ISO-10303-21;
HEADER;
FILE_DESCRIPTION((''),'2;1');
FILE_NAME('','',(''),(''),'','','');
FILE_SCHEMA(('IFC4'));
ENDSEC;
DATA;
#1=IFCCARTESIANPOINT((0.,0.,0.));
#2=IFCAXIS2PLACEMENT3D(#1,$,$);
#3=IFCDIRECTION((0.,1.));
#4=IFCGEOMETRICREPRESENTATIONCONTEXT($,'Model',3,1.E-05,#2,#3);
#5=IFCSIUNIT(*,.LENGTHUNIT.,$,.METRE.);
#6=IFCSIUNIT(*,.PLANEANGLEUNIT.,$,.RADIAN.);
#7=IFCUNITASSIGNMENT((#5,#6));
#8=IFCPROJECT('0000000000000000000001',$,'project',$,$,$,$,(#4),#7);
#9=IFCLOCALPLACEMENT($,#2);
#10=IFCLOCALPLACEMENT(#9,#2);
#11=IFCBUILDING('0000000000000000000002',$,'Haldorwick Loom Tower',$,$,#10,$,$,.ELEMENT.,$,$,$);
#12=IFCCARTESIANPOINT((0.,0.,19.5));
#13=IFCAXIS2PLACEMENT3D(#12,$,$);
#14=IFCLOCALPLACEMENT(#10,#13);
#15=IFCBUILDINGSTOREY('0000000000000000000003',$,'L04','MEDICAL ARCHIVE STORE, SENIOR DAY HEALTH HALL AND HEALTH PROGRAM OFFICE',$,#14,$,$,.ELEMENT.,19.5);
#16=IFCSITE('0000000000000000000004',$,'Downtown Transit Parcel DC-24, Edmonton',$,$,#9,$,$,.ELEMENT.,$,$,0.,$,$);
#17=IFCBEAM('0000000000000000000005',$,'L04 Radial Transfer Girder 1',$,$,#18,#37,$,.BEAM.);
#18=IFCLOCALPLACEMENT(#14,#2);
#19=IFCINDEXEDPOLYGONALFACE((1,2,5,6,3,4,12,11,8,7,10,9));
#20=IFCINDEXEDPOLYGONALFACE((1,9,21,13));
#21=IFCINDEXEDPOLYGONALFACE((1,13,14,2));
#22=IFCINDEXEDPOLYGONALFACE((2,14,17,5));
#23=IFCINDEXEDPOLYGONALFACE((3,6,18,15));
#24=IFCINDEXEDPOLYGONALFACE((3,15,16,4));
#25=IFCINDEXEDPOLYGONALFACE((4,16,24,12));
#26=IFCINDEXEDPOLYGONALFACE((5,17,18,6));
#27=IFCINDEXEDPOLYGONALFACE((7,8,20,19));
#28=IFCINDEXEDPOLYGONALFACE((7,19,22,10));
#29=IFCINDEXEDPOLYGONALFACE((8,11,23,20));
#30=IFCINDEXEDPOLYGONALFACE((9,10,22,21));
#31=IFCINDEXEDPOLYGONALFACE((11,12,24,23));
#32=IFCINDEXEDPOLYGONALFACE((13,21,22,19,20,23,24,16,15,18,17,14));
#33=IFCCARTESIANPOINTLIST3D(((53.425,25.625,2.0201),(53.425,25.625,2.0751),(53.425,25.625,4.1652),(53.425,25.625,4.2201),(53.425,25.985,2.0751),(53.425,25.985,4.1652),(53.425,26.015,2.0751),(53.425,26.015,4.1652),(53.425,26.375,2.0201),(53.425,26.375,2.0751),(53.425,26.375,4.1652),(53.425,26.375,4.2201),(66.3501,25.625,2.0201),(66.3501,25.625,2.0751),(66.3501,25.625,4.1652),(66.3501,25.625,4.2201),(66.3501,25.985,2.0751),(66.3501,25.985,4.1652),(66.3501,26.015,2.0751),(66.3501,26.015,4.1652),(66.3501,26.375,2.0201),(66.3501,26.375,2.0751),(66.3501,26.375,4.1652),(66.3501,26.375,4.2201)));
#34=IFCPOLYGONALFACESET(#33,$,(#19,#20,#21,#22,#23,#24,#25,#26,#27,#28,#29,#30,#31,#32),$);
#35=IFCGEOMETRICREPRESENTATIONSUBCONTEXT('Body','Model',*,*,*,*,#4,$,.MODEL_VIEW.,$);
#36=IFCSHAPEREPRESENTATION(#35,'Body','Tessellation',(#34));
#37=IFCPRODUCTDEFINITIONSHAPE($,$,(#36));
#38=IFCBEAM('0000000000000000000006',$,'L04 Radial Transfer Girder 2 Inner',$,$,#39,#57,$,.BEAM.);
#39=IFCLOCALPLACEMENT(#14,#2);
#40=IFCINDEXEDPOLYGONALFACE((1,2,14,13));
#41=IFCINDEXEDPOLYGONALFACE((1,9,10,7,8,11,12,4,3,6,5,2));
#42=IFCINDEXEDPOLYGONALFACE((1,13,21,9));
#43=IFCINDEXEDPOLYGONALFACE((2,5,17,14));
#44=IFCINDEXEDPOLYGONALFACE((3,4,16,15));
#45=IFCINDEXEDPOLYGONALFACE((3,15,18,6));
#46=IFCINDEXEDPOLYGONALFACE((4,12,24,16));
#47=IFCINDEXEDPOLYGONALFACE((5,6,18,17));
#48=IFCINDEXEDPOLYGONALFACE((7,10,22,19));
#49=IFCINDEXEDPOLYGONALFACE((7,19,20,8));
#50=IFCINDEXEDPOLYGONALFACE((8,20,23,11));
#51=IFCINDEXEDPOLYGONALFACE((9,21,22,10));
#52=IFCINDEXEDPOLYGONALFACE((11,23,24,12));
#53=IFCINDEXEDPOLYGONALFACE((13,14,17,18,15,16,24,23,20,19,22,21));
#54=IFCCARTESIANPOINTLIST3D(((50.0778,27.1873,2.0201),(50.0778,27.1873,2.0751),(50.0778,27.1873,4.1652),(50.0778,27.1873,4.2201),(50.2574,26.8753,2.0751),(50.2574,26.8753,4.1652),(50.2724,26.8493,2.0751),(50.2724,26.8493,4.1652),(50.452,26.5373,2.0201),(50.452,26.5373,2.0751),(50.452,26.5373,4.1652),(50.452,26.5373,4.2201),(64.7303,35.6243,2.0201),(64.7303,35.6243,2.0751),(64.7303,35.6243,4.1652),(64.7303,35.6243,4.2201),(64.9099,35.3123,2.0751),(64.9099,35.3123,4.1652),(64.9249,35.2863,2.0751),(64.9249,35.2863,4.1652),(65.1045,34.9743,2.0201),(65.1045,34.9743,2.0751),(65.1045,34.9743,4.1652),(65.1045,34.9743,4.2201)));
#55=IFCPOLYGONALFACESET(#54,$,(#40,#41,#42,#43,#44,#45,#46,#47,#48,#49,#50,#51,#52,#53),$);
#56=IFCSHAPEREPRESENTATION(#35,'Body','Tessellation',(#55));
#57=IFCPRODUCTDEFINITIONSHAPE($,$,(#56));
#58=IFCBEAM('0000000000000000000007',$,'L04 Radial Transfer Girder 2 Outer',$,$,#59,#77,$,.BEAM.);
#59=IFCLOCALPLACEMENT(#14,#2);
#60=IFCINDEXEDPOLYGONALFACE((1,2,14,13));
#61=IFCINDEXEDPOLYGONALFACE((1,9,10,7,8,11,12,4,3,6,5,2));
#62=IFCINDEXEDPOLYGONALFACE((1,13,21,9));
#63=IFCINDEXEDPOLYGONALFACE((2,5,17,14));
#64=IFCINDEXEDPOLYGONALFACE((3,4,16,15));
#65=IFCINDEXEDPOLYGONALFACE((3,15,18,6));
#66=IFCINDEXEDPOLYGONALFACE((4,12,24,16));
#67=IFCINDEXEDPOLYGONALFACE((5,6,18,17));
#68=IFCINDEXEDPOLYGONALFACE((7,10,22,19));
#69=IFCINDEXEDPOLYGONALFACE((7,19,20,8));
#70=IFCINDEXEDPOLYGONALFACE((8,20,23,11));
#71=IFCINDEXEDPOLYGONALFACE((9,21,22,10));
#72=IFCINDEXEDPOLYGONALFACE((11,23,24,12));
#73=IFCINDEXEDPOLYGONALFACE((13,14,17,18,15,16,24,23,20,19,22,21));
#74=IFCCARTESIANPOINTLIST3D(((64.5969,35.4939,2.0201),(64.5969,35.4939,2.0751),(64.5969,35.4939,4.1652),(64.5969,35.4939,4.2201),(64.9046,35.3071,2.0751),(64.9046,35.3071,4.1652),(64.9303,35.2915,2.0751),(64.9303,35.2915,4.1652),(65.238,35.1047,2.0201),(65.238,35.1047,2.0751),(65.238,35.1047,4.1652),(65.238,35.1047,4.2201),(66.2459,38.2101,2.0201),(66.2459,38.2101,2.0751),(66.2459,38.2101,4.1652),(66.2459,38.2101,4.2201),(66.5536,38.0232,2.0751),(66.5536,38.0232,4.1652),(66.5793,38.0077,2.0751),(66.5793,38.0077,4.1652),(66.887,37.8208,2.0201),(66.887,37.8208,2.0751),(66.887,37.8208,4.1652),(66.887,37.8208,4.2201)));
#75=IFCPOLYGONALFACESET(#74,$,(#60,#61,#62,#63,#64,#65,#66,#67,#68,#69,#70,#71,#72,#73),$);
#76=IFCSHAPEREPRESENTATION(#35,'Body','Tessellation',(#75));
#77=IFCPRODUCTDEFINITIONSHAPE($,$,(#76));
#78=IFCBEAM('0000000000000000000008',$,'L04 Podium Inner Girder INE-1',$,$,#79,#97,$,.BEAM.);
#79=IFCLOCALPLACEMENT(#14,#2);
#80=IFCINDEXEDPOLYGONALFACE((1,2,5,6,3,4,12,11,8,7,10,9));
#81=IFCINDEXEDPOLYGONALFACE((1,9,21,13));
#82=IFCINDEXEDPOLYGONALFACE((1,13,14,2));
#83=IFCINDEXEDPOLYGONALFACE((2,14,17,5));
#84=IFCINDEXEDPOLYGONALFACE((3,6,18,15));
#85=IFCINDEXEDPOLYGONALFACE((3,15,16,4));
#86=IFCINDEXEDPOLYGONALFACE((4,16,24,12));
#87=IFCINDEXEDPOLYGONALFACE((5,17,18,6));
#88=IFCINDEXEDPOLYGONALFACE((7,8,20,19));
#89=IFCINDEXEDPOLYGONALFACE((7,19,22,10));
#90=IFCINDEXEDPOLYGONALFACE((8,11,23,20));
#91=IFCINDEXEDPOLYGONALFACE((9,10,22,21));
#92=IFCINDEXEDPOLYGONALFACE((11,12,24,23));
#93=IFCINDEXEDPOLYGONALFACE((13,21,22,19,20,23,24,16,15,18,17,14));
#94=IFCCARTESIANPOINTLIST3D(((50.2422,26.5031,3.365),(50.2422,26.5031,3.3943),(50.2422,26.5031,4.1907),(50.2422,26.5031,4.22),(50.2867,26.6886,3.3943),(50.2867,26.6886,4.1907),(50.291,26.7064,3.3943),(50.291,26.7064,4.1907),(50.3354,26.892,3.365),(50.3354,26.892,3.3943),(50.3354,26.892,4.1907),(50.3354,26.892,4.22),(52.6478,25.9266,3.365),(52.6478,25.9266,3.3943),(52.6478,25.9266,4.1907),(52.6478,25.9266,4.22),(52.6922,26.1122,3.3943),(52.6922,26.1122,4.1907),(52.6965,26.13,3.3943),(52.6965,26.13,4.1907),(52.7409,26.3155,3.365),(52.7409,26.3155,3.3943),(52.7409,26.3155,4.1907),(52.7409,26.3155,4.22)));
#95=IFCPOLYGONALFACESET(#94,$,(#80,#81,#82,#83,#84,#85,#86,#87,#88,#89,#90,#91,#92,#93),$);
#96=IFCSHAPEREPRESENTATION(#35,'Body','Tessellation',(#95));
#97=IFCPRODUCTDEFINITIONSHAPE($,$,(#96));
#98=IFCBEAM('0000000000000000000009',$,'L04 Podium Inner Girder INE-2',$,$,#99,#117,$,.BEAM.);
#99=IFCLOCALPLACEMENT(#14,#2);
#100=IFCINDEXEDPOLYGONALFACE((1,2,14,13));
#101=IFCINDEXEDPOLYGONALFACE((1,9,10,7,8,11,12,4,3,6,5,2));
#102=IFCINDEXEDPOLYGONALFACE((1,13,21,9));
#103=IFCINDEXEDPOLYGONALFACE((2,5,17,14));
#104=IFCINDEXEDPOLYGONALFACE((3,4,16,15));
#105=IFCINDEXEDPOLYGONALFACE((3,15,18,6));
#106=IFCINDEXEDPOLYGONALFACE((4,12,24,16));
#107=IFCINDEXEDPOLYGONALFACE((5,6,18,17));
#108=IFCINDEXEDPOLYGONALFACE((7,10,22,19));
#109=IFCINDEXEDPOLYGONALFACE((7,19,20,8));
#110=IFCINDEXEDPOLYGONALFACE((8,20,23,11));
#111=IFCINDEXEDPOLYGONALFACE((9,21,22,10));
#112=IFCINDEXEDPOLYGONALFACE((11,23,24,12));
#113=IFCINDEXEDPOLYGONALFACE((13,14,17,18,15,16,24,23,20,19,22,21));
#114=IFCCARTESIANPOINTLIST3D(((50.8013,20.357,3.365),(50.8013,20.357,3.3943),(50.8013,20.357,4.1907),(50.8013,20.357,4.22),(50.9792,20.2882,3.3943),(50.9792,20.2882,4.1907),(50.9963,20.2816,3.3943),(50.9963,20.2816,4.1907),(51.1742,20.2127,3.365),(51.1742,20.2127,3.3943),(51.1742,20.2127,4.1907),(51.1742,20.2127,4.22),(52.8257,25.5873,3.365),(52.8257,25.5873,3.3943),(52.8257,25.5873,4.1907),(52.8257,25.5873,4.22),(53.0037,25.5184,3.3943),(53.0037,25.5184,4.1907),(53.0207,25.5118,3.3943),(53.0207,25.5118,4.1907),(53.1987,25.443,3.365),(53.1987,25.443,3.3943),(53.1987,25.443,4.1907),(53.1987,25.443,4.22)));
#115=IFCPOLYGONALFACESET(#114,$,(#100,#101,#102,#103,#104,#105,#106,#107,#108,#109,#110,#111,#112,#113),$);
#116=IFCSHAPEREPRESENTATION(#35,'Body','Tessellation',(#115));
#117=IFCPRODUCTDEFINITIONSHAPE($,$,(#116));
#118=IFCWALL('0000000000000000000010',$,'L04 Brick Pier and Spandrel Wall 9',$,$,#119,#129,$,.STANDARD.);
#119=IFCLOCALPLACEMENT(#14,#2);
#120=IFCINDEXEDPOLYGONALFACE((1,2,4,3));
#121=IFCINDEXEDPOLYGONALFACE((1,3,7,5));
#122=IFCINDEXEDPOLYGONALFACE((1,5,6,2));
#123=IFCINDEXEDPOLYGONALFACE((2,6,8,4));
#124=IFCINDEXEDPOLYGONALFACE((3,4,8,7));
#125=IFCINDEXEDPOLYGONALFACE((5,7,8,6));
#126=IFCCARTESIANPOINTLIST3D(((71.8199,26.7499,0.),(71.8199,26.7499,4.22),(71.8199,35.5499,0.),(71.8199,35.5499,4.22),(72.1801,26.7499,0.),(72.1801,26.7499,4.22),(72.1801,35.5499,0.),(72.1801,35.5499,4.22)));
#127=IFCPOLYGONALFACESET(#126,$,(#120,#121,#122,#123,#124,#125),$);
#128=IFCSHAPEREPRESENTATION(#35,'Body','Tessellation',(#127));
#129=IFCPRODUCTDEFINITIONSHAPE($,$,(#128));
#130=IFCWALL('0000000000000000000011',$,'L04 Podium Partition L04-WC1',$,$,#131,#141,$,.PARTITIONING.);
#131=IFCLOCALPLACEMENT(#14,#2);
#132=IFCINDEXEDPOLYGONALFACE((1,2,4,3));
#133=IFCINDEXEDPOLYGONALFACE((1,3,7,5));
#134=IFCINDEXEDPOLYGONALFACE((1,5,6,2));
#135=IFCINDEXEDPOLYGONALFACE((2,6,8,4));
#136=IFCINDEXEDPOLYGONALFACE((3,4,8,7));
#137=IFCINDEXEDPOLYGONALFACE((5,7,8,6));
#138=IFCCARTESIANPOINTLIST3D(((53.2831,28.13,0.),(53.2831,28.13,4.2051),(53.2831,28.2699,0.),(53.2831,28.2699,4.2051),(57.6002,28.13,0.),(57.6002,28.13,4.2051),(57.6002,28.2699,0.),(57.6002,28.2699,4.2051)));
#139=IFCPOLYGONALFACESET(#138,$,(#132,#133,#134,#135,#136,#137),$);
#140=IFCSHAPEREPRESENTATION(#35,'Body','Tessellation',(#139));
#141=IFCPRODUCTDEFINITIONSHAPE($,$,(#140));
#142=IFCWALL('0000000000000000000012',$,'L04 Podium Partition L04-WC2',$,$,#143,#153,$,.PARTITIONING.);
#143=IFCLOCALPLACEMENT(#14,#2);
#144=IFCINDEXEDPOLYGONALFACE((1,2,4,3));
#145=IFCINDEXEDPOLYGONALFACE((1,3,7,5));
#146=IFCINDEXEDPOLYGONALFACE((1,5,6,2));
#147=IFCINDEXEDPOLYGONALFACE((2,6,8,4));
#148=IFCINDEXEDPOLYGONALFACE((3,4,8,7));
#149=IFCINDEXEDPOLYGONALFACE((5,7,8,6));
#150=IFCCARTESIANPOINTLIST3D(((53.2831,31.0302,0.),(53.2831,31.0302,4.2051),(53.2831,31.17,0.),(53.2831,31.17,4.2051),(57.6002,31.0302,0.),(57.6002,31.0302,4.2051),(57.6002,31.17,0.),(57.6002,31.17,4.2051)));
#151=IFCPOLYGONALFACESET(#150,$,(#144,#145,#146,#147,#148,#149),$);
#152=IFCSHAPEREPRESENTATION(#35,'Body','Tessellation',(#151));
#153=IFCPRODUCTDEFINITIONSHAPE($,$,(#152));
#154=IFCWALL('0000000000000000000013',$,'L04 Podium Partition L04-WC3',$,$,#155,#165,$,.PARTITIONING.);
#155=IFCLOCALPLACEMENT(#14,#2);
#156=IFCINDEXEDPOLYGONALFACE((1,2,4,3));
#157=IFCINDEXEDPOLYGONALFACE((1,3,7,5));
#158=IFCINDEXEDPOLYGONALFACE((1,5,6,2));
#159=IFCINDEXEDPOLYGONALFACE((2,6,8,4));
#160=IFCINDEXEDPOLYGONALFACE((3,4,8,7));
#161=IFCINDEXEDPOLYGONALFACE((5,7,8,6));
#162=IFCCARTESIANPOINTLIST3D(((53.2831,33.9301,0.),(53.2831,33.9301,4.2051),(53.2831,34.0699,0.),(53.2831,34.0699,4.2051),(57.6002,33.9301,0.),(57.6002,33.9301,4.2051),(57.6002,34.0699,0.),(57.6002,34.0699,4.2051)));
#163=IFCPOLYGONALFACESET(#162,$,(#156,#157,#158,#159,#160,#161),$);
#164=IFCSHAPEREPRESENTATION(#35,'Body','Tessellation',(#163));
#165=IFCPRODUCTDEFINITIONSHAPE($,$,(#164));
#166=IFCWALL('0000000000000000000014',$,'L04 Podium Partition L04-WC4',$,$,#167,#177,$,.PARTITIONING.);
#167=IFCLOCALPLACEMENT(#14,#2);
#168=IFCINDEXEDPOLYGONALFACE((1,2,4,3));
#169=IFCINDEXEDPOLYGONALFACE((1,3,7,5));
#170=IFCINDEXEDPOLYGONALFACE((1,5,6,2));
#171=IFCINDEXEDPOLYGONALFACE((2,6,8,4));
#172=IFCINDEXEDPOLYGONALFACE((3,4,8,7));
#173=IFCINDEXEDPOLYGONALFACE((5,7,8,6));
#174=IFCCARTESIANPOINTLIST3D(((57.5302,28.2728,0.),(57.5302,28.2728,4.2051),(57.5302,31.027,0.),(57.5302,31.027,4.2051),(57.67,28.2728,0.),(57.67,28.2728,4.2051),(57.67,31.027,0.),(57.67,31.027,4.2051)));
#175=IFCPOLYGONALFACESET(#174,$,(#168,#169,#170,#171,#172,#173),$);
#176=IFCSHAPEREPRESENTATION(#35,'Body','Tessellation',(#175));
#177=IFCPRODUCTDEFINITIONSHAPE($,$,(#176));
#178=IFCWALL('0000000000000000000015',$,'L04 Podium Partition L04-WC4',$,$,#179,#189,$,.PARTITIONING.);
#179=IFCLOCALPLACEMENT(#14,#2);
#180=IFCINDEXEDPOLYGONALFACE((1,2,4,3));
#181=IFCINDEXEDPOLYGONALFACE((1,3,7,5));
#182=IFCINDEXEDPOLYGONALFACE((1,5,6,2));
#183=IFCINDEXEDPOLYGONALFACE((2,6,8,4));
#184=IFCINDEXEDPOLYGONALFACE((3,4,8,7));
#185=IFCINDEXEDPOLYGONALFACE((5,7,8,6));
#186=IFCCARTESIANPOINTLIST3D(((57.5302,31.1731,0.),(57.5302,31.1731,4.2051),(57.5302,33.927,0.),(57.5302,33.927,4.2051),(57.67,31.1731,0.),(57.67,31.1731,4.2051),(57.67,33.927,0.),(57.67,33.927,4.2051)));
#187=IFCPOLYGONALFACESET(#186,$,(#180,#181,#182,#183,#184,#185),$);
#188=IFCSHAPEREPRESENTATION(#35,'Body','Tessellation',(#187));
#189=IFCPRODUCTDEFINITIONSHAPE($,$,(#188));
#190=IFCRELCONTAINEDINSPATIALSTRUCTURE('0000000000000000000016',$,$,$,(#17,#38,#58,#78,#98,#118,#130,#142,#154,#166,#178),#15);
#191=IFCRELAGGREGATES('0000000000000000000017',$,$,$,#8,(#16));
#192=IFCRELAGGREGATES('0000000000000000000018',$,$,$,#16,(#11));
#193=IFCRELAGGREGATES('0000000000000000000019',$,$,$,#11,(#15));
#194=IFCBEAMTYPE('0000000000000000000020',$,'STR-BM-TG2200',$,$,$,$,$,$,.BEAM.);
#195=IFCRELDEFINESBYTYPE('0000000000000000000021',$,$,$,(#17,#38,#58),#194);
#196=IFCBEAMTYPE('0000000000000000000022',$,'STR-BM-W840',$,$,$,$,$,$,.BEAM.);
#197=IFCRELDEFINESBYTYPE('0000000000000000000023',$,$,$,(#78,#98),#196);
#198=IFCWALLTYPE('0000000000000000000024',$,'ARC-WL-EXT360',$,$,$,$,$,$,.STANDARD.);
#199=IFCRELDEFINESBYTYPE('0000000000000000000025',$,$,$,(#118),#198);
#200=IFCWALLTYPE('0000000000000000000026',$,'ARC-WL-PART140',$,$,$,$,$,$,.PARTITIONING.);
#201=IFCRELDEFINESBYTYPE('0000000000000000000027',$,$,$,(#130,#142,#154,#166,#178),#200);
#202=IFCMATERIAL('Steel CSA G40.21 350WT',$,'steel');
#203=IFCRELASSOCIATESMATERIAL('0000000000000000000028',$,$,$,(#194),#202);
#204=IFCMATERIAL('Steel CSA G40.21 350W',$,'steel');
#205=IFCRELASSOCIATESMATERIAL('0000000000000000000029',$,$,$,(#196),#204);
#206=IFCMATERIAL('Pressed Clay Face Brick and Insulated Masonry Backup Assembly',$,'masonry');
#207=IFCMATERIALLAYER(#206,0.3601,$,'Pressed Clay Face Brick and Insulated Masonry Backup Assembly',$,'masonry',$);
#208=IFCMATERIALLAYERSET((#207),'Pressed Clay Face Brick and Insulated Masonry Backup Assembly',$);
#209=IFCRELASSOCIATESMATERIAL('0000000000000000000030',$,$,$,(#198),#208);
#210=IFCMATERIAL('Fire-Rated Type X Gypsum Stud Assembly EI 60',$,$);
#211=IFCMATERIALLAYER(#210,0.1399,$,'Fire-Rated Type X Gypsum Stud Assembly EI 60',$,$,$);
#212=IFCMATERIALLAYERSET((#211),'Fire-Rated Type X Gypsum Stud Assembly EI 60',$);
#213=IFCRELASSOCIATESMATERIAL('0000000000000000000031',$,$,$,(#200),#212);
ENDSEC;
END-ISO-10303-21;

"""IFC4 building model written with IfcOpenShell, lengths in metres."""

from ifc_helpers import new_model, si_unit, direction, frame, frame_2d, origin, origin_2d, place, context, subcontext, project, spatial, rectangle, i_section, extrude, material, layer, layer_set, material_profile, profile_set, type_object, element, save


model = new_model("IFC4")

# Units and contexts
model_context = context("Model", 3, precision=1e-05, world=origin(), true_north=direction((0.0, 1.0)))
body_context = subcontext(model_context, "Body", "Model", "MODEL_VIEW")
ifc_project = project(units=[si_unit("LENGTHUNIT", "METRE"), si_unit("PLANEANGLEUNIT", "RADIAN")], contexts=[model_context])

# Site, building, storey
site_placement = place(None, origin())
site = spatial("IfcSite", under=ifc_project, at=site_placement, Name="Downtown Transit Parcel DC-24, Edmonton", CompositionType="ELEMENT", RefElevation=0.0)
building_placement = place(site_placement, origin())
building = spatial("IfcBuilding", under=site, at=building_placement, Name="Haldorwick Loom Tower", CompositionType="ELEMENT")
storey_placement = place(building_placement, frame((0.0, 0.0, 19.5)))
storey = spatial("IfcBuildingStorey", under=building, at=storey_placement, Name="L04", Description="MEDICAL ARCHIVE STORE, SENIOR DAY HEALTH HALL AND HEALTH PROGRAM OFFICE", CompositionType="ELEMENT", Elevation=19.5)

# Shared definitions
ifc_material_1 = material(Name="Steel CSA G40.21 350WT", Category="steel")

# Beams
ifc_material_2 = material(Name="Steel CSA G40.21 350W", Category="steel")
ifc_material_profile_1 = material_profile(ifc_material_1, i_section(OverallWidth=0.75, OverallDepth=2.2, WebThickness=0.03, FlangeThickness=0.0549, at=origin_2d()), Name="WWF2200X750", Category="steel")
ifc_profile_set_1 = profile_set([ifc_material_profile_1], Name="Steel CSA G40.21 350WT")
beam_type_1 = type_object("IfcBeamType", Name="STR-BM-TG2200", PredefinedType="BEAM", material=ifc_profile_set_1)
beam_1_placement = place(storey_placement, frame((53.425, 26.0, 3.1201), z_axis=(1.0, 0.0, 0.0), x_axis=(0.0, 1.0, 0.0)))
element("IfcBeam", 1, at=beam_1_placement, inside=storey, type_object=beam_type_1, Name="L04 Radial Transfer Girder 1", PredefinedType="BEAM", context=body_context, shape_type="SweptSolid", body=[
    extrude(i_section(OverallWidth=0.75, OverallDepth=2.2, WebThickness=0.03, FlangeThickness=0.0549, at=origin_2d()), origin(), (0.0, 0.0, 1.0), 12.925),
])
beam_2_placement = place(storey_placement, frame((50.2649, 26.8623, 3.1201), z_axis=(0.866605, 0.498994, 0.0), x_axis=(-0.498994, 0.866605, 0.0)))
element("IfcBeam", 2, at=beam_2_placement, inside=storey, type_object=beam_type_1, Name="L04 Radial Transfer Girder 2 Inner", PredefinedType="BEAM", context=body_context, shape_type="SweptSolid", body=[
    extrude(i_section(OverallWidth=0.75, OverallDepth=2.2, WebThickness=0.03, FlangeThickness=0.0549, at=origin_2d()), origin(), (0.0, 0.0, 1.0), 16.908),
])
beam_3_placement = place(storey_placement, frame((64.9175, 35.2993, 3.1201), z_axis=(0.518952, 0.854803, 0.0), x_axis=(-0.854803, 0.518952, 0.0)))
element("IfcBeam", 3, at=beam_3_placement, inside=storey, type_object=beam_type_1, Name="L04 Radial Transfer Girder 2 Outer", PredefinedType="BEAM", context=body_context, shape_type="SweptSolid", body=[
    extrude(i_section(OverallWidth=0.75, OverallDepth=2.2, WebThickness=0.03, FlangeThickness=0.0549, at=origin_2d()), origin(), (0.0, 0.0, 1.0), 3.1775),
])
ifc_material_profile_2 = material_profile(ifc_material_2, i_section(OverallWidth=0.3999, OverallDepth=0.855, WebThickness=0.0183, FlangeThickness=0.0293, at=origin_2d()), Name="W840X299", Category="steel")
ifc_profile_set_2 = profile_set([ifc_material_profile_2], Name="Steel CSA G40.21 350W")
beam_type_2 = type_object("IfcBeamType", Name="STR-BM-W840", PredefinedType="BEAM", material=ifc_profile_set_2)
beam_4_placement = place(storey_placement, frame((50.2888, 26.6975, 3.7925), z_axis=(0.972471, -0.233026, 0.0), x_axis=(0.233026, 0.972471, 0.0)))
element("IfcBeam", 4, at=beam_4_placement, inside=storey, type_object=beam_type_2, Name="L04 Podium Inner Girder INE-1", PredefinedType="BEAM", context=body_context, shape_type="SweptSolid", body=[
    extrude(i_section(OverallWidth=0.3999, OverallDepth=0.855, WebThickness=0.0183, FlangeThickness=0.0293, at=origin_2d()), origin(), (0.0, 0.0, 1.0), 2.4736),
])
beam_5_placement = place(storey_placement, frame((53.0122, 25.5151, 3.7925), z_axis=(-0.360965, -0.932579, 0.0), x_axis=(0.932579, -0.360965, 0.0)))
element("IfcBeam", 5, at=beam_5_placement, inside=storey, type_object=beam_type_2, Name="L04 Podium Inner Girder INE-2", PredefinedType="BEAM", context=body_context, shape_type="SweptSolid", body=[
    extrude(i_section(OverallWidth=0.3999, OverallDepth=0.855, WebThickness=0.0183, FlangeThickness=0.0293, at=origin_2d()), origin(), (0.0, 0.0, 1.0), 5.6084),
])

# Walls
ifc_material_3 = material(Name="Pressed Clay Face Brick and Insulated Masonry Backup Assembly", Category="masonry")
ifc_layer_1 = layer(ifc_material_3, 0.3601, Name="Pressed Clay Face Brick and Insulated Masonry Backup Assembly", Category="masonry")
ifc_layer_set_1 = layer_set([ifc_layer_1], Name="Pressed Clay Face Brick and Insulated Masonry Backup Assembly")
wall_type_1 = type_object("IfcWallType", Name="ARC-WL-EXT360", PredefinedType="STANDARD", material=ifc_layer_set_1)
wall_1_placement = place(storey_placement, frame((72.0, 26.75, 0.0), z_axis=(0.0, 0.0, 1.0), x_axis=(0.0, 1.0, 0.0)))
element("IfcWall", 6, at=wall_1_placement, inside=storey, type_object=wall_type_1, Name="L04 Brick Pier and Spandrel Wall 9", PredefinedType="STANDARD", context=body_context, shape_type="SweptSolid", body=[
    extrude(rectangle(XDim=8.8, YDim=0.3601, at=frame_2d((4.3999, 0.0))), origin(), (0.0, 0.0, 1.0), 4.22),
])
ifc_material_4 = material(Name="Fire-Rated Type X Gypsum Stud Assembly EI 60")
ifc_layer_2 = layer(ifc_material_4, 0.1399, Name="Fire-Rated Type X Gypsum Stud Assembly EI 60")
ifc_layer_set_2 = layer_set([ifc_layer_2], Name="Fire-Rated Type X Gypsum Stud Assembly EI 60")
wall_type_2 = type_object("IfcWallType", Name="ARC-WL-PART140", PredefinedType="PARTITIONING", material=ifc_layer_set_2)
for number, where, z_axis, x_axis, name in (
    (7, (53.283, 28.2, 0.0), (0.0, 0.0, 1.0), (1.0, 0.0, 0.0), "L04 Podium Partition L04-WC1"),
    (8, (53.283, 31.1001, 0.0), (0.0, 0.0, 1.0), (1.0, 0.0, 0.0), "L04 Podium Partition L04-WC2"),
    (9, (53.283, 34.0, 0.0), (0.0, 0.0, 1.0), (1.0, 0.0, 0.0), "L04 Podium Partition L04-WC3"),
):
    element("IfcWall", number, at=place(storey_placement, frame(where, z_axis=z_axis, x_axis=x_axis)), inside=storey, type_object=wall_type_2, Name=name, PredefinedType="PARTITIONING", context=body_context, shape_type="SweptSolid", body=[
        extrude(rectangle(XDim=4.3171, YDim=0.1399, at=frame_2d((2.1587, 0.0))), origin(), (0.0, 0.0, 1.0), 4.2051),
    ])
wall_2_placement = place(storey_placement, frame((57.6001, 28.2729, 0.0), z_axis=(0.0, 0.0, 1.0), x_axis=(0.0, 1.0, 0.0)))
element("IfcWall", 10, at=wall_2_placement, inside=storey, type_object=wall_type_2, Name="L04 Podium Partition L04-WC4", PredefinedType="PARTITIONING", context=body_context, shape_type="SweptSolid", body=[
    extrude(rectangle(XDim=2.7542, YDim=0.1399, at=frame_2d((1.377, 0.0))), origin(), (0.0, 0.0, 1.0), 4.2051),
])
wall_3_placement = place(storey_placement, frame((57.6001, 31.1731, 0.0), z_axis=(0.0, 0.0, 1.0), x_axis=(0.0, 1.0, 0.0)))
element("IfcWall", 11, at=wall_3_placement, inside=storey, type_object=wall_type_2, Name="L04 Podium Partition L04-WC4", PredefinedType="PARTITIONING", context=body_context, shape_type="SweptSolid", body=[
    extrude(rectangle(XDim=2.7539, YDim=0.1399, at=frame_2d((1.377, 0.0))), origin(), (0.0, 0.0, 1.0), 4.2051),
])

save(model, "model.ifc")
